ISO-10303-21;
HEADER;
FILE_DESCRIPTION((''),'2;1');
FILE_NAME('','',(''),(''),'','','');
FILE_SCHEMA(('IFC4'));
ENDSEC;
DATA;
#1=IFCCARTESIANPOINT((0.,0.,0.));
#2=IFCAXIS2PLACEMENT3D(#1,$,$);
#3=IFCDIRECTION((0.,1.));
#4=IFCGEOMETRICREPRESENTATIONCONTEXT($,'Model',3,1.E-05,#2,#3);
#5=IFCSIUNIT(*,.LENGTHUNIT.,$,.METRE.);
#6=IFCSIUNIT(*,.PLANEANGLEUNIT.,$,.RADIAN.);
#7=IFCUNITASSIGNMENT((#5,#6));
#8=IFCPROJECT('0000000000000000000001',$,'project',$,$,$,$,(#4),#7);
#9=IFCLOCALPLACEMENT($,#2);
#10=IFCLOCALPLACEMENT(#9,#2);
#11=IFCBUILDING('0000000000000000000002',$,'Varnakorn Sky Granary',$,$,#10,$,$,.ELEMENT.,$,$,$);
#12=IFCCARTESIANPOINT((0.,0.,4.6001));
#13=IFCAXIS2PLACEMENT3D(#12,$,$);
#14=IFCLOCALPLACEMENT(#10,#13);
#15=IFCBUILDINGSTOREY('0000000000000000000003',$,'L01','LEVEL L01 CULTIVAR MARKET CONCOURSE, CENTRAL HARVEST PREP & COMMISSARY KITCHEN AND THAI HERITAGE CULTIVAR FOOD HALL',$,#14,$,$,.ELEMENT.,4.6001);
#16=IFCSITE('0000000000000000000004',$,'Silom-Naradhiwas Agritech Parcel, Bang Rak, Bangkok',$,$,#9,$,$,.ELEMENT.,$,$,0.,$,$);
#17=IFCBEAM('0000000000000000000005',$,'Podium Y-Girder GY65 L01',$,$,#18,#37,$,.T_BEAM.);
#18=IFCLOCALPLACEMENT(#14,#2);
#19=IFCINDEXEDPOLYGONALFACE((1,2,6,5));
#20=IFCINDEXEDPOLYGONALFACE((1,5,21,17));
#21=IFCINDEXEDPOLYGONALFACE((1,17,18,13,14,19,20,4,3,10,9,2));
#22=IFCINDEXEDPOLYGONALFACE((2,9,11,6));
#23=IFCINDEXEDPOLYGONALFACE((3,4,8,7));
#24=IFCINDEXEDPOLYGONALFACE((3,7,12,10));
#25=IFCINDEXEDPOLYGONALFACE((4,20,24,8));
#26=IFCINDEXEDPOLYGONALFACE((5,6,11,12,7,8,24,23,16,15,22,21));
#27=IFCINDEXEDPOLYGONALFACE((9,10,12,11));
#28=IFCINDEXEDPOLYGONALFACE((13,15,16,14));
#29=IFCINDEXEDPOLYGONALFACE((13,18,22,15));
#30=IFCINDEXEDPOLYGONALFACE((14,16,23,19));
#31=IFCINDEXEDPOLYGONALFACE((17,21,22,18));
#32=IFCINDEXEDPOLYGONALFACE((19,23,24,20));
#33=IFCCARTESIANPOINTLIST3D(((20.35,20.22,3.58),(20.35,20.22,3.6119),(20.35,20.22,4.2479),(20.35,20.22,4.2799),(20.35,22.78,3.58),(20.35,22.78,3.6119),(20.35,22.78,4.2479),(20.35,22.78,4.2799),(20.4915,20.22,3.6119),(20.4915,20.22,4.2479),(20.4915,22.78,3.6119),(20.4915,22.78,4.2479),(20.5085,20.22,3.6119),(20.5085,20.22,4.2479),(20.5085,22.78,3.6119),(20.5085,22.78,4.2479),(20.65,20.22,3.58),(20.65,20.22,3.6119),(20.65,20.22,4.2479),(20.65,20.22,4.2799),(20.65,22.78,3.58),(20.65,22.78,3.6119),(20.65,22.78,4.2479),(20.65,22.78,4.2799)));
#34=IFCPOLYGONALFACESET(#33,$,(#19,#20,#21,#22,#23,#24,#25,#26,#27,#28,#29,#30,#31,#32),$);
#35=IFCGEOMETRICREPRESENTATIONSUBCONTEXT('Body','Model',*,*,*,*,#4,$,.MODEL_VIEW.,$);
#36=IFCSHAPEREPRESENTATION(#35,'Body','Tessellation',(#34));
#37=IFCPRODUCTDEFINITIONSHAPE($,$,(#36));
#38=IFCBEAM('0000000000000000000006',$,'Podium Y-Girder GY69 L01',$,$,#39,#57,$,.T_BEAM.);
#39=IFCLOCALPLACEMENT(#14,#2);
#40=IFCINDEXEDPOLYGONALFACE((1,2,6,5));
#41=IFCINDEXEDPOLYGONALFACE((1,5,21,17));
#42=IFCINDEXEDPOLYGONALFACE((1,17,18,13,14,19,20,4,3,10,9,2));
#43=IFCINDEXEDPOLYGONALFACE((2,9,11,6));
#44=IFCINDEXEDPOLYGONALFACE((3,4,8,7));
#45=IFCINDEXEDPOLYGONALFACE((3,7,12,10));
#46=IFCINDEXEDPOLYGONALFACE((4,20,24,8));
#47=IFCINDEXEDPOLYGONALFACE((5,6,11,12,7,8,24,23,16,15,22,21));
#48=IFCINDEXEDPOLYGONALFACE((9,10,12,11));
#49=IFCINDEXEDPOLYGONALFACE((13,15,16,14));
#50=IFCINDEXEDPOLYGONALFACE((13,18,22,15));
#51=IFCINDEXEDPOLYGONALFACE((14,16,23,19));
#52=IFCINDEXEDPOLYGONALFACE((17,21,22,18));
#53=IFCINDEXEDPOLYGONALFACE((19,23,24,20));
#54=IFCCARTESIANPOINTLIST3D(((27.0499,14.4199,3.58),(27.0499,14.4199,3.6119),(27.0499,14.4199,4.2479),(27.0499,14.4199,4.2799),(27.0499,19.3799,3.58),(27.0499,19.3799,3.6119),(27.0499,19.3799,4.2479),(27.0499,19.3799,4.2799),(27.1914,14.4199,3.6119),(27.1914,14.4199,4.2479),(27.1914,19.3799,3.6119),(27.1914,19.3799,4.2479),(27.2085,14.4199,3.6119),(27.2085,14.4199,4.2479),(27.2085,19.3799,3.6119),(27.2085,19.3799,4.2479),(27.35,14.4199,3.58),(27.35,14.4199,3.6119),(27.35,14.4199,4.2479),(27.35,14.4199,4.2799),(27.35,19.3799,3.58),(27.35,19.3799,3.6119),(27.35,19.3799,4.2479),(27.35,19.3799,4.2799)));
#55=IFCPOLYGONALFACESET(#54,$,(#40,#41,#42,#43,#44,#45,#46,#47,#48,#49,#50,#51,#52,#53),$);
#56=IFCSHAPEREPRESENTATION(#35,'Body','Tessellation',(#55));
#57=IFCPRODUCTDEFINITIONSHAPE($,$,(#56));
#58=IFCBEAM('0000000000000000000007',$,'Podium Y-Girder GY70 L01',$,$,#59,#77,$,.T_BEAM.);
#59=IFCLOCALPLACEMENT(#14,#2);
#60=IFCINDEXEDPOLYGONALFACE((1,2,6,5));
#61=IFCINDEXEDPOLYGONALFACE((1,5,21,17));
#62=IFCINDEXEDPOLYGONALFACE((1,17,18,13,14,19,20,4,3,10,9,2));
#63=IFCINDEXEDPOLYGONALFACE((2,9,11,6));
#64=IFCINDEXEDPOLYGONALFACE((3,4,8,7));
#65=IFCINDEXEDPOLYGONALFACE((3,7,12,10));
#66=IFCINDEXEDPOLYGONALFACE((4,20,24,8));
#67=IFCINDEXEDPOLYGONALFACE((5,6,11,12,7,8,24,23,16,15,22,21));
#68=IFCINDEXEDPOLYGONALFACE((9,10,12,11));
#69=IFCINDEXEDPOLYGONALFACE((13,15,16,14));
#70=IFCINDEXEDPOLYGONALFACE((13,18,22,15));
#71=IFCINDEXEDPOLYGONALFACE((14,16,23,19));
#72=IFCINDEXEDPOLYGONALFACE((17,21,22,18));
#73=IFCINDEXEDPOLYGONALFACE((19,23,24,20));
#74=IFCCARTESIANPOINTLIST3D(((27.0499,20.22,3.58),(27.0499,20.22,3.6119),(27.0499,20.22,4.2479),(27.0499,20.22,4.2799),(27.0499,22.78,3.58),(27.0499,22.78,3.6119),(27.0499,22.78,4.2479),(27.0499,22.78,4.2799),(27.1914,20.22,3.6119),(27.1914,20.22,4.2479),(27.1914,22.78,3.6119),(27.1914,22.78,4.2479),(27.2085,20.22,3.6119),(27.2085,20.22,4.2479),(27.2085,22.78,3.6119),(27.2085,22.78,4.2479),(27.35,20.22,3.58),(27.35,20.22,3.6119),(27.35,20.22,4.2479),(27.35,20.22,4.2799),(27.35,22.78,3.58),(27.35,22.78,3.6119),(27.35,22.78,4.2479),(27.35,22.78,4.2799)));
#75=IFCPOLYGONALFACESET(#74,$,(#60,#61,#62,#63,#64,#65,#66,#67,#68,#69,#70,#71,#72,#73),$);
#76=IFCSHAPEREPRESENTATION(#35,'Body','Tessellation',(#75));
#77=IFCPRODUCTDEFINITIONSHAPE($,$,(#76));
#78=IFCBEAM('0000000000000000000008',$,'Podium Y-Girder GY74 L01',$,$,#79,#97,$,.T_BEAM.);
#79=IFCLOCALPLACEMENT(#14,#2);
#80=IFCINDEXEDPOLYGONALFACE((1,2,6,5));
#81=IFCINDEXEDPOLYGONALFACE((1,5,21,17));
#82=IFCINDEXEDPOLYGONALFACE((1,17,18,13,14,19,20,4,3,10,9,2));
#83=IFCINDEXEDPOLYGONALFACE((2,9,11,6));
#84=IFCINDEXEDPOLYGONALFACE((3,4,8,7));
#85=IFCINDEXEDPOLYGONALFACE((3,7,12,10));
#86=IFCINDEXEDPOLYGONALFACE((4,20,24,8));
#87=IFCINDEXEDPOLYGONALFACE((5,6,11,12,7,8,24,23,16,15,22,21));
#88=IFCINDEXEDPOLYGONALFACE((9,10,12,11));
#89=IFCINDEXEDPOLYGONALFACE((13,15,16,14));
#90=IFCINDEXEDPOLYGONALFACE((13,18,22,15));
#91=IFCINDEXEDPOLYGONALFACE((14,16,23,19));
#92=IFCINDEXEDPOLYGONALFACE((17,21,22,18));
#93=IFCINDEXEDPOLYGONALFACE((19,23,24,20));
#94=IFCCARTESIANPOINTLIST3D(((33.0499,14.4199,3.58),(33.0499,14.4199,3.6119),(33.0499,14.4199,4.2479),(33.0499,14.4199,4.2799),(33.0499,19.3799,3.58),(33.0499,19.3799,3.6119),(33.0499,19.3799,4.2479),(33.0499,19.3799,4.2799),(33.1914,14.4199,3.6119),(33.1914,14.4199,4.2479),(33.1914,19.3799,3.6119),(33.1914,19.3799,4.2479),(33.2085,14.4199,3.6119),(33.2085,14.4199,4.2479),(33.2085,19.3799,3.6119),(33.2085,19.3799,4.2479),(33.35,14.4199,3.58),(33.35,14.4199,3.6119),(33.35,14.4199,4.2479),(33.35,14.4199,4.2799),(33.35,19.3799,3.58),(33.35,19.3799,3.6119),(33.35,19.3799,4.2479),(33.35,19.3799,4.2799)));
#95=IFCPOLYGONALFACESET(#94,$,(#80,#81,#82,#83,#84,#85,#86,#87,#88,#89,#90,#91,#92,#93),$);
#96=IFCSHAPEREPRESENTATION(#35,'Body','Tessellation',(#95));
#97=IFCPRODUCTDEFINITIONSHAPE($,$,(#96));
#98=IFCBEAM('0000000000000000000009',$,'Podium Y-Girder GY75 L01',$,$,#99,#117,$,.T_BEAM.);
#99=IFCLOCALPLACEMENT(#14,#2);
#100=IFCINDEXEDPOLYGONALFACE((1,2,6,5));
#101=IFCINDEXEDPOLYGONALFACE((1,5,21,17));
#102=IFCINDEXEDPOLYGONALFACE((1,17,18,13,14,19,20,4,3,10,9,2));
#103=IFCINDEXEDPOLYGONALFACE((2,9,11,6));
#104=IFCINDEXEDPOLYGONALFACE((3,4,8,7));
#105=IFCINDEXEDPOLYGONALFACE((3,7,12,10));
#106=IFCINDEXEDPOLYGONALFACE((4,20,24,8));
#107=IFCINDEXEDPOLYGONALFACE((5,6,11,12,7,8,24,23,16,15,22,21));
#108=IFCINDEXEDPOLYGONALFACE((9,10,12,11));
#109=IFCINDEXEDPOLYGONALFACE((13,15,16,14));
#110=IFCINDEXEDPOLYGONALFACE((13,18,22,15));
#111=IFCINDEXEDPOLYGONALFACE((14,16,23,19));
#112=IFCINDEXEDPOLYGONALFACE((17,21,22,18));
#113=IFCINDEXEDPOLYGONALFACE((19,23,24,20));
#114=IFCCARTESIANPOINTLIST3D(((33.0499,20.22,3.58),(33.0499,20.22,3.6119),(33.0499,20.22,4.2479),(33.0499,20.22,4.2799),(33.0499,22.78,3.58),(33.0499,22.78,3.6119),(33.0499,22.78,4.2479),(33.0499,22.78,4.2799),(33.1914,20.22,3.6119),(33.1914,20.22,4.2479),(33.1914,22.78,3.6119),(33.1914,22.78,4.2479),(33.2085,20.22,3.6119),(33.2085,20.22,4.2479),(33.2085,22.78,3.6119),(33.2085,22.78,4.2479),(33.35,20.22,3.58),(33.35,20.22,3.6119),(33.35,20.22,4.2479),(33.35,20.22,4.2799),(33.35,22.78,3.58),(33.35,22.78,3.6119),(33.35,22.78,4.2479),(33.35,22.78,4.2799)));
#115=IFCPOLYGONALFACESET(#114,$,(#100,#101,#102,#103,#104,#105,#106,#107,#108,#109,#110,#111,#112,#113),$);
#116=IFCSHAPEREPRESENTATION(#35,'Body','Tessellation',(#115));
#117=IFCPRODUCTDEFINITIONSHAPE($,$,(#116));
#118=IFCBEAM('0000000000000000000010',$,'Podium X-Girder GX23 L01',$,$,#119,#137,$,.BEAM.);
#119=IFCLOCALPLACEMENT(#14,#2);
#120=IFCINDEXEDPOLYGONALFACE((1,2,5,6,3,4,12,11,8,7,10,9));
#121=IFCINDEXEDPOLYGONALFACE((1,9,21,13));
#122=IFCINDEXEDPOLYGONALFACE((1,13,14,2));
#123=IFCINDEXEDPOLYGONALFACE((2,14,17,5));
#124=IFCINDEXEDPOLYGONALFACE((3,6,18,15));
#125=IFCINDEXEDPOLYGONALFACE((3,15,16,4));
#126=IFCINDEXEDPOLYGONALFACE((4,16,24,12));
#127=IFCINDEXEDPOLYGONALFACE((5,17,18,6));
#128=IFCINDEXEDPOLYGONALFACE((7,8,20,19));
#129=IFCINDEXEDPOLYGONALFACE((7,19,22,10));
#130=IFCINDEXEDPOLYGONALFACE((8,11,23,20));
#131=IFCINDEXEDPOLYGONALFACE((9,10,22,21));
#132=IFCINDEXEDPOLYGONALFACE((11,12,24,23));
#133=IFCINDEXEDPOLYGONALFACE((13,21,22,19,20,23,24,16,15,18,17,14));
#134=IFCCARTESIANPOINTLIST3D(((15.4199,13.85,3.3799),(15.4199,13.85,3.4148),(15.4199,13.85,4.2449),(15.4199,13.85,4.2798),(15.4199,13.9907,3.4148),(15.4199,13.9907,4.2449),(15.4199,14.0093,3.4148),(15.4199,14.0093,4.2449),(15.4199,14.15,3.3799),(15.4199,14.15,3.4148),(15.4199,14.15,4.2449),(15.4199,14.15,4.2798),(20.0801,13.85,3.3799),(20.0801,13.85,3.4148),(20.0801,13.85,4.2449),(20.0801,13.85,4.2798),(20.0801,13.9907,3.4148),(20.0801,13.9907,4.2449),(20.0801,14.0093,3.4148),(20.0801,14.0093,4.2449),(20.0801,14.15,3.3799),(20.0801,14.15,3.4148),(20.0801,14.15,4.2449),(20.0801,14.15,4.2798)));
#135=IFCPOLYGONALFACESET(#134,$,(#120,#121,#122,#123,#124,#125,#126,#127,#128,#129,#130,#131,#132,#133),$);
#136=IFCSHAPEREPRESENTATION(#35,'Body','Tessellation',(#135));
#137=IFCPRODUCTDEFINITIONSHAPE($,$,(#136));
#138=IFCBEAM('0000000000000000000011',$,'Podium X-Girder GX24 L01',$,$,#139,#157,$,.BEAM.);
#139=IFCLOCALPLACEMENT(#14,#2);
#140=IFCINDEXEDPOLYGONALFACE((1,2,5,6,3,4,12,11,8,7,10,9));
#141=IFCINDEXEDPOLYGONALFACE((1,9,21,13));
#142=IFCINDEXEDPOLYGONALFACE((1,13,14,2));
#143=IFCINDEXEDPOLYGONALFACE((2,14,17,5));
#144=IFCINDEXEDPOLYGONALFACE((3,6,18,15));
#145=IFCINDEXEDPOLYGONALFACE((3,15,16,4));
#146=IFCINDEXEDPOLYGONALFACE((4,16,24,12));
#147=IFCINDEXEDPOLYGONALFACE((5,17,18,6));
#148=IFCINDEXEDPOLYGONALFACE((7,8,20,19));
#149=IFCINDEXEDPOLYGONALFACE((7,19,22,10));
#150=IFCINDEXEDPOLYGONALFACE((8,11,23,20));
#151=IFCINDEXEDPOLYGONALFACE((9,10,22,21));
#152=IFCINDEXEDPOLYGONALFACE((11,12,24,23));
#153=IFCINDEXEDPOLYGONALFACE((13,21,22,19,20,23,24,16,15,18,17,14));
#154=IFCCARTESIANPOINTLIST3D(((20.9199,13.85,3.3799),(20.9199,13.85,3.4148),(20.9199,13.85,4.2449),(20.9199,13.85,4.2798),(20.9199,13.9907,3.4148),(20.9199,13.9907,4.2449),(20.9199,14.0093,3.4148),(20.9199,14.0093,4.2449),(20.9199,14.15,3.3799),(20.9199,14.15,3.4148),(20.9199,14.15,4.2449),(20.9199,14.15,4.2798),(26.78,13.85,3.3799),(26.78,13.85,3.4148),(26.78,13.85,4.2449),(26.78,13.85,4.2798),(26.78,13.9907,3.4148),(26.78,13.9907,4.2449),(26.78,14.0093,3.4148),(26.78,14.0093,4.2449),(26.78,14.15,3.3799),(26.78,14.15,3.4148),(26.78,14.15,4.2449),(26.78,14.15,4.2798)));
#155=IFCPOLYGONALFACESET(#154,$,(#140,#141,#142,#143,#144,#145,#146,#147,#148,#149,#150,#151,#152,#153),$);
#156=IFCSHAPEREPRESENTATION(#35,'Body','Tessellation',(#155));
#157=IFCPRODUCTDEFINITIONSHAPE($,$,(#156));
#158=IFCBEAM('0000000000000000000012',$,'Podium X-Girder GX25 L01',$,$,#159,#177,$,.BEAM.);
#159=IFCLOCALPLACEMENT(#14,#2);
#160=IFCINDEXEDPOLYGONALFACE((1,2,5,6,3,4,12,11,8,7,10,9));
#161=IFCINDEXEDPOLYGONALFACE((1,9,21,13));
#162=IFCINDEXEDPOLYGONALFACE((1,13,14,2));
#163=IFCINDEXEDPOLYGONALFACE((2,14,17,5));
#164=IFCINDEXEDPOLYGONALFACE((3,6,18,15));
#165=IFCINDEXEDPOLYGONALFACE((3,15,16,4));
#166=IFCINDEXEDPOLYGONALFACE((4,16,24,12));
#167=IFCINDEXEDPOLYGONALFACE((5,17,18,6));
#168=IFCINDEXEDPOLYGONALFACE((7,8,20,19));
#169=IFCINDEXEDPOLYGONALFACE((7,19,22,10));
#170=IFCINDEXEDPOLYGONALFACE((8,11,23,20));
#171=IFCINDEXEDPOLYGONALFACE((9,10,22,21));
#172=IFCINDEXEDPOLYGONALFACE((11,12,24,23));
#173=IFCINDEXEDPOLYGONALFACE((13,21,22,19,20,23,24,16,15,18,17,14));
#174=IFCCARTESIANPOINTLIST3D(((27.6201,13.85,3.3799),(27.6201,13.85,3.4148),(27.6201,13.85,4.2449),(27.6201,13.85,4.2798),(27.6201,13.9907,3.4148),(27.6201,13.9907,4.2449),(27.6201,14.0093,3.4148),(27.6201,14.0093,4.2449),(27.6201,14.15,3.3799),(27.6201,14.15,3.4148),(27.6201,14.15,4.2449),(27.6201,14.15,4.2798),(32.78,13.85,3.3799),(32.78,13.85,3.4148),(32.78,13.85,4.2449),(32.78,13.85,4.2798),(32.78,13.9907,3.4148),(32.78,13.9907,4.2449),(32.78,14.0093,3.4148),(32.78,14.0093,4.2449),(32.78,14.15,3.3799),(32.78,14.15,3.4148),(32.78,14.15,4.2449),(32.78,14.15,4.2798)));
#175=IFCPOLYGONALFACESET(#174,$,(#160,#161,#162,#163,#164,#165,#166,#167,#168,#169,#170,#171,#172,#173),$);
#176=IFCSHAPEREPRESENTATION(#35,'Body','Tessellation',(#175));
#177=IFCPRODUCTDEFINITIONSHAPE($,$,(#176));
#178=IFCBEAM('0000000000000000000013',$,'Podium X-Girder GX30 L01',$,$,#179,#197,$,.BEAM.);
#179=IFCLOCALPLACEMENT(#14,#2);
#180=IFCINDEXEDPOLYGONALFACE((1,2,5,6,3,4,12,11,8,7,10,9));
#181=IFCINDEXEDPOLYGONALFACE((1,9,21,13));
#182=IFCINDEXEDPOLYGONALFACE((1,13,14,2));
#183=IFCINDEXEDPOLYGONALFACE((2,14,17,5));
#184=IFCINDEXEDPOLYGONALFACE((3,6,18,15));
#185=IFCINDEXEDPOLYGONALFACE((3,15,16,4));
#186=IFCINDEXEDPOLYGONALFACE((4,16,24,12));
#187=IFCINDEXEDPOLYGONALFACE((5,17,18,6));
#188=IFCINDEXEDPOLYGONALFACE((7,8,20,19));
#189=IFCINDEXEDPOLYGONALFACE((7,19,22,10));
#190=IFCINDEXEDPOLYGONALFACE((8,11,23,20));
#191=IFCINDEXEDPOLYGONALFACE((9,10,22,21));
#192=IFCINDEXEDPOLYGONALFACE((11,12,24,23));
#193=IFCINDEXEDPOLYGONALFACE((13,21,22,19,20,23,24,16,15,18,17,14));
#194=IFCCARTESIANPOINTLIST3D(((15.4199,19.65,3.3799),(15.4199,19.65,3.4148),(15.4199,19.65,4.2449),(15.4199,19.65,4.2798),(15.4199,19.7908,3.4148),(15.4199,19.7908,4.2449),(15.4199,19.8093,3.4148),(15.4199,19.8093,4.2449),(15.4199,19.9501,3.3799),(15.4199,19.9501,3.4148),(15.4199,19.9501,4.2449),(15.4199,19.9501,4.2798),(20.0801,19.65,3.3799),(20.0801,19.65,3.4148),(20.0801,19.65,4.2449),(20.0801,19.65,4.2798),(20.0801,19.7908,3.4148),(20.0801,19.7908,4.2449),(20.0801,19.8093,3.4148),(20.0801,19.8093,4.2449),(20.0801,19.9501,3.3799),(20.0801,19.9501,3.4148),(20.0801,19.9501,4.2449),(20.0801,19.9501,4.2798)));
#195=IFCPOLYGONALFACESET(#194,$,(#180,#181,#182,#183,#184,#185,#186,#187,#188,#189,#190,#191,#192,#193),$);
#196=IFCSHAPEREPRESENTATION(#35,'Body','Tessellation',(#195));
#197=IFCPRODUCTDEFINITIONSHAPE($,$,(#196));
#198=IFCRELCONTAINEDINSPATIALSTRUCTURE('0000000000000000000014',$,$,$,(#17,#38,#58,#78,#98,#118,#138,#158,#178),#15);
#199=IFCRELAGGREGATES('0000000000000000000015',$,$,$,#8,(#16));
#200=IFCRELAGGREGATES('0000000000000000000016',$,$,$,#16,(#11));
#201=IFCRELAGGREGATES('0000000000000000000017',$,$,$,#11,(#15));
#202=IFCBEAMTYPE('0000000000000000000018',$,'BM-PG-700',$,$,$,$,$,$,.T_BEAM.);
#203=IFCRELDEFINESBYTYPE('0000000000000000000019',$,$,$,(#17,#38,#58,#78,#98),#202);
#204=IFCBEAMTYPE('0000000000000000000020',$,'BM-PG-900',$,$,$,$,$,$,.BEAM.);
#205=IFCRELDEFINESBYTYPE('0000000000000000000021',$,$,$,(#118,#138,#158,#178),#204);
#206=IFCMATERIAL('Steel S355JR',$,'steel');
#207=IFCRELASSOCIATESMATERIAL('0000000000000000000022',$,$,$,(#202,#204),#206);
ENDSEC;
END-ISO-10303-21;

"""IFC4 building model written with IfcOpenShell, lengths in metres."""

from ifc_helpers import new_model, si_unit, direction, frame, origin, origin_2d, place, context, subcontext, project, spatial, i_section, extrude, material, material_profile, profile_set, type_object, element, save


model = new_model("IFC4")

# Units and contexts
model_context = context("Model", 3, precision=1e-05, world=origin(), true_north=direction((0.0, 1.0)))
body_context = subcontext(model_context, "Body", "Model", "MODEL_VIEW")
ifc_project = project(units=[si_unit("LENGTHUNIT", "METRE"), si_unit("PLANEANGLEUNIT", "RADIAN")], contexts=[model_context])

# Site, building, storey
site_placement = place(None, origin())
site = spatial("IfcSite", under=ifc_project, at=site_placement, Name="Silom-Naradhiwas Agritech Parcel, Bang Rak, Bangkok", CompositionType="ELEMENT", RefElevation=0.0)
building_placement = place(site_placement, origin())
building = spatial("IfcBuilding", under=site, at=building_placement, Name="Varnakorn Sky Granary", CompositionType="ELEMENT")
storey_placement = place(building_placement, frame((0.0, 0.0, 4.6001)))
storey = spatial("IfcBuildingStorey", under=building, at=storey_placement, Name="L01", Description="LEVEL L01 CULTIVAR MARKET CONCOURSE, CENTRAL HARVEST PREP & COMMISSARY KITCHEN AND THAI HERITAGE CULTIVAR FOOD HALL", CompositionType="ELEMENT", Elevation=4.6001)

# Beams
ifc_material_1 = material(Name="Steel S355JR", Category="steel")
ifc_material_profile_1 = material_profile(ifc_material_1, i_section(OverallWidth=0.3, OverallDepth=0.7, WebThickness=0.0171, FlangeThickness=0.032, at=origin_2d()), Name="HE 700 B")
ifc_profile_set_1 = profile_set([ifc_material_profile_1], Name="Steel S355JR")
beam_type_1 = type_object("IfcBeamType", Name="BM-PG-700", PredefinedType="T_BEAM", material=ifc_profile_set_1)
beam_1_placement = place(storey_placement, frame((20.5, 20.22, 3.9299), z_axis=(0.0, 1.0, 0.0), x_axis=(-1.0, 0.0, 0.0)))
element("IfcBeam", 1, at=beam_1_placement, inside=storey, type_object=beam_type_1, Name="Podium Y-Girder GY65 L01", PredefinedType="T_BEAM", context=body_context, shape_type="SweptSolid", body=[
    extrude(i_section(OverallWidth=0.3, OverallDepth=0.7, WebThickness=0.0171, FlangeThickness=0.032, at=origin_2d()), origin(), (0.0, 0.0, 1.0), 2.5601),
])
beam_2_placement = place(storey_placement, frame((27.2, 14.4199, 3.9299), z_axis=(0.0, 1.0, 0.0), x_axis=(-1.0, 0.0, 0.0)))
element("IfcBeam", 2, at=beam_2_placement, inside=storey, type_object=beam_type_1, Name="Podium Y-Girder GY69 L01", PredefinedType="T_BEAM", context=body_context, shape_type="SweptSolid", body=[
    extrude(i_section(OverallWidth=0.3, OverallDepth=0.7, WebThickness=0.0171, FlangeThickness=0.032, at=origin_2d()), origin(), (0.0, 0.0, 1.0), 4.96),
])
beam_3_placement = place(storey_placement, frame((27.2, 20.22, 3.9299), z_axis=(0.0, 1.0, 0.0), x_axis=(-1.0, 0.0, 0.0)))
element("IfcBeam", 3, at=beam_3_placement, inside=storey, type_object=beam_type_1, Name="Podium Y-Girder GY70 L01", PredefinedType="T_BEAM", context=body_context, shape_type="SweptSolid", body=[
    extrude(i_section(OverallWidth=0.3, OverallDepth=0.7, WebThickness=0.0171, FlangeThickness=0.032, at=origin_2d()), origin(), (0.0, 0.0, 1.0), 2.5601),
])
beam_4_placement = place(storey_placement, frame((33.2, 14.4199, 3.9299), z_axis=(0.0, 1.0, 0.0), x_axis=(-1.0, 0.0, 0.0)))
element("IfcBeam", 4, at=beam_4_placement, inside=storey, type_object=beam_type_1, Name="Podium Y-Girder GY74 L01", PredefinedType="T_BEAM", context=body_context, shape_type="SweptSolid", body=[
    extrude(i_section(OverallWidth=0.3, OverallDepth=0.7, WebThickness=0.0171, FlangeThickness=0.032, at=origin_2d()), origin(), (0.0, 0.0, 1.0), 4.96),
])
beam_5_placement = place(storey_placement, frame((33.2, 20.22, 3.9299), z_axis=(0.0, 1.0, 0.0), x_axis=(-1.0, 0.0, 0.0)))
element("IfcBeam", 5, at=beam_5_placement, inside=storey, type_object=beam_type_1, Name="Podium Y-Girder GY75 L01", PredefinedType="T_BEAM", context=body_context, shape_type="SweptSolid", body=[
    extrude(i_section(OverallWidth=0.3, OverallDepth=0.7, WebThickness=0.0171, FlangeThickness=0.032, at=origin_2d()), origin(), (0.0, 0.0, 1.0), 2.5601),
])
ifc_material_profile_2 = material_profile(ifc_material_1, i_section(OverallWidth=0.3, OverallDepth=0.8999, WebThickness=0.0186, FlangeThickness=0.0349, at=origin_2d()), Name="HE 900 B")
ifc_profile_set_2 = profile_set([ifc_material_profile_2], Name="Steel S355JR")
beam_type_2 = type_object("IfcBeamType", Name="BM-PG-900", PredefinedType="BEAM", material=ifc_profile_set_2)
beam_6_placement = place(storey_placement, frame((15.4199, 14.0, 3.8298), z_axis=(1.0, 0.0, 0.0), x_axis=(0.0, 1.0, 0.0)))
element("IfcBeam", 6, at=beam_6_placement, inside=storey, type_object=beam_type_2, Name="Podium X-Girder GX23 L01", PredefinedType="BEAM", context=body_context, shape_type="SweptSolid", body=[
    extrude(i_section(OverallWidth=0.3, OverallDepth=0.8999, WebThickness=0.0186, FlangeThickness=0.0349, at=origin_2d()), origin(), (0.0, 0.0, 1.0), 4.6602),
])
beam_7_placement = place(storey_placement, frame((20.9199, 14.0, 3.8298), z_axis=(1.0, 0.0, 0.0), x_axis=(0.0, 1.0, 0.0)))
element("IfcBeam", 7, at=beam_7_placement, inside=storey, type_object=beam_type_2, Name="Podium X-Girder GX24 L01", PredefinedType="BEAM", context=body_context, shape_type="SweptSolid", body=[
    extrude(i_section(OverallWidth=0.3, OverallDepth=0.8999, WebThickness=0.0186, FlangeThickness=0.0349, at=origin_2d()), origin(), (0.0, 0.0, 1.0), 5.8601),
])
beam_8_placement = place(storey_placement, frame((27.6201, 14.0, 3.8298), z_axis=(1.0, 0.0, 0.0), x_axis=(0.0, 1.0, 0.0)))
element("IfcBeam", 8, at=beam_8_placement, inside=storey, type_object=beam_type_2, Name="Podium X-Girder GX25 L01", PredefinedType="BEAM", context=body_context, shape_type="SweptSolid", body=[
    extrude(i_section(OverallWidth=0.3, OverallDepth=0.8999, WebThickness=0.0186, FlangeThickness=0.0349, at=origin_2d()), origin(), (0.0, 0.0, 1.0), 5.1599),
])
beam_9_placement = place(storey_placement, frame((15.4199, 19.8, 3.8298), z_axis=(1.0, 0.0, 0.0), x_axis=(0.0, 1.0, 0.0)))
element("IfcBeam", 9, at=beam_9_placement, inside=storey, type_object=beam_type_2, Name="Podium X-Girder GX30 L01", PredefinedType="BEAM", context=body_context, shape_type="SweptSolid", body=[
    extrude(i_section(OverallWidth=0.3, OverallDepth=0.8999, WebThickness=0.0186, FlangeThickness=0.0349, at=origin_2d()), origin(), (0.0, 0.0, 1.0), 4.6602),
])

save(model, "model.ifc")
